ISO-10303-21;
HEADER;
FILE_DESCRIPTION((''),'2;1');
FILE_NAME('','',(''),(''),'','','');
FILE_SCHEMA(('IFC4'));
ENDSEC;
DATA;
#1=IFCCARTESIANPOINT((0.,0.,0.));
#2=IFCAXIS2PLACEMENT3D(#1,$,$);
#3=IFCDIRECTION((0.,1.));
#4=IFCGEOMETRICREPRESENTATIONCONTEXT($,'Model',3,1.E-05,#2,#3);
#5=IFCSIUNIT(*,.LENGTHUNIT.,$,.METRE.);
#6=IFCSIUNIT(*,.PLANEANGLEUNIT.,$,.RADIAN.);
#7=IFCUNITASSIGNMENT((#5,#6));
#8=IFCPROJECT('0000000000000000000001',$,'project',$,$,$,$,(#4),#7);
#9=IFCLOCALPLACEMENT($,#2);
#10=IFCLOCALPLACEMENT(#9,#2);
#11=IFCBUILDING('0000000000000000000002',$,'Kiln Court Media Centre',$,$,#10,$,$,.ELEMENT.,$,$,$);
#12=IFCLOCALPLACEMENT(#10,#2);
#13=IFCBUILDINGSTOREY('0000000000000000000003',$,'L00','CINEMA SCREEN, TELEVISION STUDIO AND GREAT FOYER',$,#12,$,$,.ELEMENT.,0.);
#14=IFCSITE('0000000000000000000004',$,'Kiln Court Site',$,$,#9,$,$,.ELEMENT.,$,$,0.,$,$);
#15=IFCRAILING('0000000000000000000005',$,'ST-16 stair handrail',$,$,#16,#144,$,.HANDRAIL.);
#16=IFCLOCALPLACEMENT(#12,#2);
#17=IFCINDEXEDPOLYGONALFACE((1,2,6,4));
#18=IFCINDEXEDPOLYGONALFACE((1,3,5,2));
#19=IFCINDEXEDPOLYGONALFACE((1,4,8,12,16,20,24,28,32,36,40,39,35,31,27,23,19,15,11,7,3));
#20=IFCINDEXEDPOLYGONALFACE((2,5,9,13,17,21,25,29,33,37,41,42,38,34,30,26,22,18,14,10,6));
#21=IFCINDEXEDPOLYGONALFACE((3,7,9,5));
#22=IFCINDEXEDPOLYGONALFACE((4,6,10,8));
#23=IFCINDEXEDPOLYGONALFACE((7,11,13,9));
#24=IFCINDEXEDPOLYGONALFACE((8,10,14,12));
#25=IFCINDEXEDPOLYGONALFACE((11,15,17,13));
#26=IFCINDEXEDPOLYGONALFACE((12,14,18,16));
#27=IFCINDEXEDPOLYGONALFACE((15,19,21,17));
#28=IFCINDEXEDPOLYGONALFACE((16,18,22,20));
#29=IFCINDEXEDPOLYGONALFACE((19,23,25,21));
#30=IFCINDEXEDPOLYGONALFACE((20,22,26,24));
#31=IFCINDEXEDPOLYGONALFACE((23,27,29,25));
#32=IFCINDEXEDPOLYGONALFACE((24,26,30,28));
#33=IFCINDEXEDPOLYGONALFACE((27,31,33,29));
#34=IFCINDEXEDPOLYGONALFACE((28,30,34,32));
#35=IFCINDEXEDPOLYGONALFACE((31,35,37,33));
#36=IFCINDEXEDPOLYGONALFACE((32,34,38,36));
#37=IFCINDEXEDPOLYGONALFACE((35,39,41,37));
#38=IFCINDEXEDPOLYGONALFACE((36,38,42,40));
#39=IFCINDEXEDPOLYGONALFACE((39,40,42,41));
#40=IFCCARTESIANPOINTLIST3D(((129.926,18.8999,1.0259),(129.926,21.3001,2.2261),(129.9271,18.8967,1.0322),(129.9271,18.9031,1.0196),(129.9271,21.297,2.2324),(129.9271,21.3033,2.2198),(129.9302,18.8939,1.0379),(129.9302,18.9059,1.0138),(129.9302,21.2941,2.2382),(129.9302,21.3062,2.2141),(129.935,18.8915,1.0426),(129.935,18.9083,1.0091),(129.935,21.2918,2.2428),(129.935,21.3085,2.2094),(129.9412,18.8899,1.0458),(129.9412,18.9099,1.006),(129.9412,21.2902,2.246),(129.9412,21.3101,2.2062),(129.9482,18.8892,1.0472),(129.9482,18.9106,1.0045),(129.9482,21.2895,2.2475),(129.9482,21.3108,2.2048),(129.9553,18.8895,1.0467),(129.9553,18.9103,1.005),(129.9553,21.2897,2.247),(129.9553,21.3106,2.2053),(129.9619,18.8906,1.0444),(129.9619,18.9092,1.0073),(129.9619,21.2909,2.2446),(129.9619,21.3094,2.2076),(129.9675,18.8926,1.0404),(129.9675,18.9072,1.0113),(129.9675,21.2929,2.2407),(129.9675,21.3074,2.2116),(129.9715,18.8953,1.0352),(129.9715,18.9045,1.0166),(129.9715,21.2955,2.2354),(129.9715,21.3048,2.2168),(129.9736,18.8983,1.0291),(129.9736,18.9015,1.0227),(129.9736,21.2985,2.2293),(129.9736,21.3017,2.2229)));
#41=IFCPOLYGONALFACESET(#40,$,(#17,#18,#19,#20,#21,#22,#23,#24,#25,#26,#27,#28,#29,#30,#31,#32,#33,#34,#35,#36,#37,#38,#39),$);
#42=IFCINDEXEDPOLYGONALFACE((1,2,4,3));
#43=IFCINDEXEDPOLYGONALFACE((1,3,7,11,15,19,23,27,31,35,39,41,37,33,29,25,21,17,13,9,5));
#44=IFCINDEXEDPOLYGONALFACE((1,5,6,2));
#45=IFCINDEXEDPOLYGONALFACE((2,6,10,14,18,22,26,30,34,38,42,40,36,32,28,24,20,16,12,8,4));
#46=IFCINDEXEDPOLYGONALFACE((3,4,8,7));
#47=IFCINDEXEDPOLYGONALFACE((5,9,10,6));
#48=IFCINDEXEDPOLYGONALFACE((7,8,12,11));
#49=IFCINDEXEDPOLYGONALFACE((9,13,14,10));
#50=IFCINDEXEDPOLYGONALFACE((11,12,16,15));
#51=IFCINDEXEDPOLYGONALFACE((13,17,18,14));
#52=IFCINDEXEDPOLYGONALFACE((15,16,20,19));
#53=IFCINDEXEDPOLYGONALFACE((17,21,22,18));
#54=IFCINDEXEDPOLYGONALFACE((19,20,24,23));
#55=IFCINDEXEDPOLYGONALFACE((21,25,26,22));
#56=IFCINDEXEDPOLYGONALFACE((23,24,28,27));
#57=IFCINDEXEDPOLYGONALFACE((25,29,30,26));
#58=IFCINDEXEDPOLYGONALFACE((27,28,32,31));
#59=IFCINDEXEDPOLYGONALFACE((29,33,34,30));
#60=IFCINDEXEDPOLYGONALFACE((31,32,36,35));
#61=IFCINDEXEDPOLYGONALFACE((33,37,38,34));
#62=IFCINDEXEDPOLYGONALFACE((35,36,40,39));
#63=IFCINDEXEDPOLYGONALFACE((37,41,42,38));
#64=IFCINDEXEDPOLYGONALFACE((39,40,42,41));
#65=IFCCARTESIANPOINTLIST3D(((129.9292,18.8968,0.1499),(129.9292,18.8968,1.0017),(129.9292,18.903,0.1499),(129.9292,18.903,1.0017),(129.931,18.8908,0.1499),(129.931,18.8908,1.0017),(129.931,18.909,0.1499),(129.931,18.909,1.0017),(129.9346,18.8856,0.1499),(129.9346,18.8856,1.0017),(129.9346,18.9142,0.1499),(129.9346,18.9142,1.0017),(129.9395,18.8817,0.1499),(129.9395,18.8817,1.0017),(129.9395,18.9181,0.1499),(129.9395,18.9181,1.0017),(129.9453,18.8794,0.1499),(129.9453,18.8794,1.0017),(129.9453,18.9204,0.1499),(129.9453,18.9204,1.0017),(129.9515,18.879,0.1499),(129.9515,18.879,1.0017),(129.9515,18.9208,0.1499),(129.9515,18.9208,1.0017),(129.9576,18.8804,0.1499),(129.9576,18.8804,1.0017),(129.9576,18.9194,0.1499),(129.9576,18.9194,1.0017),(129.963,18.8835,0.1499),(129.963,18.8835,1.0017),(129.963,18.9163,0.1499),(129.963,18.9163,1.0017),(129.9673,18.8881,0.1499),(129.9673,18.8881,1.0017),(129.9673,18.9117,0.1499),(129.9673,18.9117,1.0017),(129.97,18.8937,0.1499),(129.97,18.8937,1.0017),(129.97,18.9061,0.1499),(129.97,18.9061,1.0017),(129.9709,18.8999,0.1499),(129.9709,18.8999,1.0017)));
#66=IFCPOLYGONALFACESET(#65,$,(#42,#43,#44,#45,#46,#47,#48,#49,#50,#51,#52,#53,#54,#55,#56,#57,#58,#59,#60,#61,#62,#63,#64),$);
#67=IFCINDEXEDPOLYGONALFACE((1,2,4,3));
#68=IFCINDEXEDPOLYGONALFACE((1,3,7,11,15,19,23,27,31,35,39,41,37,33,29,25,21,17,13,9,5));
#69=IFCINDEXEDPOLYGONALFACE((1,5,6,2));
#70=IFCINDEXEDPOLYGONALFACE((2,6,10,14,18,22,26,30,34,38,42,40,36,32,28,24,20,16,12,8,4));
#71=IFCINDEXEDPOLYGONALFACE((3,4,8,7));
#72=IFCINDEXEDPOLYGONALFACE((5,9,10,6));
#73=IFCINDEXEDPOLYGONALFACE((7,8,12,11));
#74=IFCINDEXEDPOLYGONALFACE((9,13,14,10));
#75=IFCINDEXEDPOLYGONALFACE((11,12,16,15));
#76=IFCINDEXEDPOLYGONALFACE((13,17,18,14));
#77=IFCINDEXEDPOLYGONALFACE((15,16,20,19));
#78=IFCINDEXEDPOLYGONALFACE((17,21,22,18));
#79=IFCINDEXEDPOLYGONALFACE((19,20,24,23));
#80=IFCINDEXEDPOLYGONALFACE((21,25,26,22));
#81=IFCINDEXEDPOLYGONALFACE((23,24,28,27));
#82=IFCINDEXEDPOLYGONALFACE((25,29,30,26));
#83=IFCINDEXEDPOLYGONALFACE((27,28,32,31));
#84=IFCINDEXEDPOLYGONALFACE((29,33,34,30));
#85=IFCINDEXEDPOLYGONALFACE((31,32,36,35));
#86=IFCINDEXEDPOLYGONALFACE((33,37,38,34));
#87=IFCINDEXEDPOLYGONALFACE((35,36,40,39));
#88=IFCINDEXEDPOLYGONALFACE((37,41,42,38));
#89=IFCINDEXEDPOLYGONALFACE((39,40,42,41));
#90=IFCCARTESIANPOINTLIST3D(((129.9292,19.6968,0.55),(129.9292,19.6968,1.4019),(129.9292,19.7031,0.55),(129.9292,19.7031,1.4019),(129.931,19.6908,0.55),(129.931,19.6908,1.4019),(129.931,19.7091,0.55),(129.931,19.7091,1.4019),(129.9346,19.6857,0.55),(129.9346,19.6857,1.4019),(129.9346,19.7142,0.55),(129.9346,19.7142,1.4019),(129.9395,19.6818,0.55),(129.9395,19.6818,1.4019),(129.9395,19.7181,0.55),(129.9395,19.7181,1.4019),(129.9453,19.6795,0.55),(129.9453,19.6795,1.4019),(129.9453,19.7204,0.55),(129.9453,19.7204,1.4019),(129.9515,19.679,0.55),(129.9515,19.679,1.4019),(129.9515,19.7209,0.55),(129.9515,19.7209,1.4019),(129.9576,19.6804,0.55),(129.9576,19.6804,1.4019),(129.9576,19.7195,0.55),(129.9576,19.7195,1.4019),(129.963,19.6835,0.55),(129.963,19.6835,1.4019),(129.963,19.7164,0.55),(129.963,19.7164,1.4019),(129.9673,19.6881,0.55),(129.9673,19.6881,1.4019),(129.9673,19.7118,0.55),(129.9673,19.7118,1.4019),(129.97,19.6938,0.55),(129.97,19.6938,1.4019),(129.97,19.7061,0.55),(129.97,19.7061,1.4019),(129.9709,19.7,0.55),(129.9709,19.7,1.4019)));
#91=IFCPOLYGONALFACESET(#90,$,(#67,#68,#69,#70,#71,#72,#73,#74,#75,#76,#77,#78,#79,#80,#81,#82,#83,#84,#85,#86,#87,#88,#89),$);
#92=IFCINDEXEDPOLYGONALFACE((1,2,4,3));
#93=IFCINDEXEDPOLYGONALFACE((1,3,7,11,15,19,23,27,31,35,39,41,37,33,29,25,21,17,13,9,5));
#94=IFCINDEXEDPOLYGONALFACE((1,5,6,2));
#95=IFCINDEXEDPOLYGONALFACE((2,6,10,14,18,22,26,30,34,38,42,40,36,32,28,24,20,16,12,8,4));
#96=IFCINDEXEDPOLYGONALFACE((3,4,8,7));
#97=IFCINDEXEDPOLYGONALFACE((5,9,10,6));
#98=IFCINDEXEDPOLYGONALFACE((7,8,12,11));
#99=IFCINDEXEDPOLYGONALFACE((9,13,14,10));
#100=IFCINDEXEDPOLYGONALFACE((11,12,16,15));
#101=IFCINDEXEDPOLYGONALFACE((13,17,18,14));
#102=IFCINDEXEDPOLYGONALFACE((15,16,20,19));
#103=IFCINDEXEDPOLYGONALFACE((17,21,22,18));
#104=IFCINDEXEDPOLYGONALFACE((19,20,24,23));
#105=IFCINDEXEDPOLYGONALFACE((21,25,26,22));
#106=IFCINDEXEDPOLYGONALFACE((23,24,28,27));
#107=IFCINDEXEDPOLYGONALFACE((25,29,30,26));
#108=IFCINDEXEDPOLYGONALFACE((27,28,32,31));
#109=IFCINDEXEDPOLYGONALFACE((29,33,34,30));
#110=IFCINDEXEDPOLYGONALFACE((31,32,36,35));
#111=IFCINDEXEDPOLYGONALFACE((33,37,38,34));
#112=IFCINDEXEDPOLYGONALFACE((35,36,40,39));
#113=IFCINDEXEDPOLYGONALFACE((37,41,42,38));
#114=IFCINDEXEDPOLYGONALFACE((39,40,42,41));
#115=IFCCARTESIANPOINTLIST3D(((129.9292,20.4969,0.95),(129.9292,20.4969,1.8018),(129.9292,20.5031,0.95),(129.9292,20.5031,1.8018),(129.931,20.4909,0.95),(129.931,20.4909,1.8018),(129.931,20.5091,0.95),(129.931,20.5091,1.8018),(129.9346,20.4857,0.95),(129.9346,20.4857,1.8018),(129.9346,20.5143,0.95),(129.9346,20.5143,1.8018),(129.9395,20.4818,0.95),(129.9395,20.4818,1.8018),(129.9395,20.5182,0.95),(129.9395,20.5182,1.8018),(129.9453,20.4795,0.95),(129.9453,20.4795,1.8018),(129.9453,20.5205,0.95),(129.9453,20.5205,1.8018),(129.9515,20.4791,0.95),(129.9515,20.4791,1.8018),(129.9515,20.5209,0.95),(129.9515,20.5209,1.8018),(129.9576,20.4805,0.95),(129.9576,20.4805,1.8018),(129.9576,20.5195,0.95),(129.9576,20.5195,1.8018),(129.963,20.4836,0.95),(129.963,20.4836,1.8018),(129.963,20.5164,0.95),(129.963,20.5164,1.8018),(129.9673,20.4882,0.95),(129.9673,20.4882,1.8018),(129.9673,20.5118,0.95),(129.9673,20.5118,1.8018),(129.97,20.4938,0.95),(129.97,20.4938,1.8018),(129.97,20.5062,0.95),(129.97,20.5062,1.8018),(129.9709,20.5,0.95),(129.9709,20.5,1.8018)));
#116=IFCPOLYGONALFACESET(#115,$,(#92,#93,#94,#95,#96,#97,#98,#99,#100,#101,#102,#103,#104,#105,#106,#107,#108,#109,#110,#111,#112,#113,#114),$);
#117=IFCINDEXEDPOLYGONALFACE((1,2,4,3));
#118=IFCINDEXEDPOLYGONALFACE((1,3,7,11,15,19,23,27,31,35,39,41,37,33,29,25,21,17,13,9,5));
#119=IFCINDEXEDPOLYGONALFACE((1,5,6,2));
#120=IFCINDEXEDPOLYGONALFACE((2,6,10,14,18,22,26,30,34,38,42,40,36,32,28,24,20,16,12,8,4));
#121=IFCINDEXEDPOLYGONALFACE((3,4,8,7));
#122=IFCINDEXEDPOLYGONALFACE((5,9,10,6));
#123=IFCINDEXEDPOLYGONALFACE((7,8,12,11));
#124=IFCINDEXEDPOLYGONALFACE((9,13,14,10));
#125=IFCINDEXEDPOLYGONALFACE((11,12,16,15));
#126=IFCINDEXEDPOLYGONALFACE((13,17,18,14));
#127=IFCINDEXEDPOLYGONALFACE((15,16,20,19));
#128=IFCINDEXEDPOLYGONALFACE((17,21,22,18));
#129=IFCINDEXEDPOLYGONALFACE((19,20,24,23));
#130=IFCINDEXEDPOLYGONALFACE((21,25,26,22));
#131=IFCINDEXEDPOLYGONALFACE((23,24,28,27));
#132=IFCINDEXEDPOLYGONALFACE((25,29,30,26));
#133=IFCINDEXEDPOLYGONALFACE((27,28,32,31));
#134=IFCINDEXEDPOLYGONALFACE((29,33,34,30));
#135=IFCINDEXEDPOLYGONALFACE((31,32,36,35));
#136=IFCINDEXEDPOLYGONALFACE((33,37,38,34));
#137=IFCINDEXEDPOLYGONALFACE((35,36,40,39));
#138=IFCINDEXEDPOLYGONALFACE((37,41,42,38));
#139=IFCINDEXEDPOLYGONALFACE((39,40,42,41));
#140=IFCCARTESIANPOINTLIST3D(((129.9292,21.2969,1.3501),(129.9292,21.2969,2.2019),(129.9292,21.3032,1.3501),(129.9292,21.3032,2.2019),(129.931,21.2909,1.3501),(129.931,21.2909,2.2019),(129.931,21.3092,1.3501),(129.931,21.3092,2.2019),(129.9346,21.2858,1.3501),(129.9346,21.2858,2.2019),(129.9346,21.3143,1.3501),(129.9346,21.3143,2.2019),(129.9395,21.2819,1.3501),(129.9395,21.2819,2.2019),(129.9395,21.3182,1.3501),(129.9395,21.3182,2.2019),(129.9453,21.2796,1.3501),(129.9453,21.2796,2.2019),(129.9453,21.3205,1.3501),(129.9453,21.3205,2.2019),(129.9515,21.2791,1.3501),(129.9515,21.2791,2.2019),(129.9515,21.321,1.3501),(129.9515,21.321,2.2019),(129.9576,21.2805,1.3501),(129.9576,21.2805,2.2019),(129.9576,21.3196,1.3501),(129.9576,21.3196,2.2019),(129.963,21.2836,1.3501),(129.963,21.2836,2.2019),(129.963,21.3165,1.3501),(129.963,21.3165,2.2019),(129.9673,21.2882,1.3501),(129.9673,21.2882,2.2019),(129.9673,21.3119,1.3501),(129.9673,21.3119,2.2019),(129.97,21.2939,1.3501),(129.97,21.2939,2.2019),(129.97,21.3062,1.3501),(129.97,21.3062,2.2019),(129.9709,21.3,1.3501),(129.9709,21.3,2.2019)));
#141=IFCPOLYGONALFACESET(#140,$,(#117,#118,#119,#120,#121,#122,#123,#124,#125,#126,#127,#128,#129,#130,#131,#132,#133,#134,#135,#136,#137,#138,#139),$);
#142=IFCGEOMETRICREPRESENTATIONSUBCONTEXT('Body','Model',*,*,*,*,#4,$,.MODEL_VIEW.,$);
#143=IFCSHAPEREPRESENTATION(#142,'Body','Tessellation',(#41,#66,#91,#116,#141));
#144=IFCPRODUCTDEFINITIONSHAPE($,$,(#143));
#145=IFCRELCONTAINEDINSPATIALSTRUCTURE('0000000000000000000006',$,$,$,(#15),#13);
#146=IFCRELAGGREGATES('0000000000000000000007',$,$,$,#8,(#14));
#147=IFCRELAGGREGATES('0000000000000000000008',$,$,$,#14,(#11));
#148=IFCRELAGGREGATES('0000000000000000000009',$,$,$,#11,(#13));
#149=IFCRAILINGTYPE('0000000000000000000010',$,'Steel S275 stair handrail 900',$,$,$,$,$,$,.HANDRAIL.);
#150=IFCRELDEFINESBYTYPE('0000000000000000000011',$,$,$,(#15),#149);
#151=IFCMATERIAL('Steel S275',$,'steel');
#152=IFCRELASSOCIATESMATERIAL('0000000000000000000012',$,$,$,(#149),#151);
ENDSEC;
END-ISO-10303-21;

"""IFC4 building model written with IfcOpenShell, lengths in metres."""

from ifc_helpers import new_model, si_unit, direction, frame, origin, origin_2d, place, context, subcontext, project, spatial, circle, extrude, material, type_object, element, save


model = new_model("IFC4")

# Units and contexts
model_context = context("Model", 3, precision=1e-05, world=origin(), true_north=direction((0.0, 1.0)))
body_context = subcontext(model_context, "Body", "Model", "MODEL_VIEW")
ifc_project = project(units=[si_unit("LENGTHUNIT", "METRE"), si_unit("PLANEANGLEUNIT", "RADIAN")], contexts=[model_context])

# Site, building, storey
site_placement = place(None, origin())
site = spatial("IfcSite", under=ifc_project, at=site_placement, Name="Kiln Court Site", CompositionType="ELEMENT", RefElevation=0.0)
building_placement = place(site_placement, origin())
building = spatial("IfcBuilding", under=site, at=building_placement, Name="Kiln Court Media Centre", CompositionType="ELEMENT")
storey_placement = place(building_placement, origin())
storey = spatial("IfcBuildingStorey", under=building, at=storey_placement, Name="L00", Description="CINEMA SCREEN, TELEVISION STUDIO AND GREAT FOYER", CompositionType="ELEMENT", Elevation=0.0)

# Railing
ifc_material_1 = material(Name="Steel S275", Category="steel")
railing_type_1 = type_object("IfcRailingType", Name="Steel S275 stair handrail 900", PredefinedType="HANDRAIL", material=ifc_material_1)
railing_1_placement = place(storey_placement, frame((129.95, 18.8999, 0.1499)))
element("IfcRailing", 1, at=railing_1_placement, inside=storey, type_object=railing_type_1, Name="ST-16 stair handrail", PredefinedType="HANDRAIL", context=body_context, shape_type="SweptSolid", body=[
    extrude(circle(Radius=0.0239, at=origin_2d()), frame((0.0, 0.0, 0.876), z_axis=(0.0, 0.894409, 0.44725), x_axis=(-1.0, 0.0, 0.0)), (0.0, 0.0, 1.0), 2.6836),
    extrude(circle(Radius=0.021, at=origin_2d()), origin(), (0.0, 0.0, 1.0), 0.8518),
    extrude(circle(Radius=0.021, at=origin_2d()), frame((0.0, 0.8, 0.4001)), (0.0, 0.0, 1.0), 0.8518),
    extrude(circle(Radius=0.021, at=origin_2d()), frame((0.0, 1.6001, 0.8)), (0.0, 0.0, 1.0), 0.8518),
    extrude(circle(Radius=0.021, at=origin_2d()), frame((0.0, 2.4001, 1.2002)), (0.0, 0.0, 1.0), 0.8518),
])

save(model, "model.ifc")
